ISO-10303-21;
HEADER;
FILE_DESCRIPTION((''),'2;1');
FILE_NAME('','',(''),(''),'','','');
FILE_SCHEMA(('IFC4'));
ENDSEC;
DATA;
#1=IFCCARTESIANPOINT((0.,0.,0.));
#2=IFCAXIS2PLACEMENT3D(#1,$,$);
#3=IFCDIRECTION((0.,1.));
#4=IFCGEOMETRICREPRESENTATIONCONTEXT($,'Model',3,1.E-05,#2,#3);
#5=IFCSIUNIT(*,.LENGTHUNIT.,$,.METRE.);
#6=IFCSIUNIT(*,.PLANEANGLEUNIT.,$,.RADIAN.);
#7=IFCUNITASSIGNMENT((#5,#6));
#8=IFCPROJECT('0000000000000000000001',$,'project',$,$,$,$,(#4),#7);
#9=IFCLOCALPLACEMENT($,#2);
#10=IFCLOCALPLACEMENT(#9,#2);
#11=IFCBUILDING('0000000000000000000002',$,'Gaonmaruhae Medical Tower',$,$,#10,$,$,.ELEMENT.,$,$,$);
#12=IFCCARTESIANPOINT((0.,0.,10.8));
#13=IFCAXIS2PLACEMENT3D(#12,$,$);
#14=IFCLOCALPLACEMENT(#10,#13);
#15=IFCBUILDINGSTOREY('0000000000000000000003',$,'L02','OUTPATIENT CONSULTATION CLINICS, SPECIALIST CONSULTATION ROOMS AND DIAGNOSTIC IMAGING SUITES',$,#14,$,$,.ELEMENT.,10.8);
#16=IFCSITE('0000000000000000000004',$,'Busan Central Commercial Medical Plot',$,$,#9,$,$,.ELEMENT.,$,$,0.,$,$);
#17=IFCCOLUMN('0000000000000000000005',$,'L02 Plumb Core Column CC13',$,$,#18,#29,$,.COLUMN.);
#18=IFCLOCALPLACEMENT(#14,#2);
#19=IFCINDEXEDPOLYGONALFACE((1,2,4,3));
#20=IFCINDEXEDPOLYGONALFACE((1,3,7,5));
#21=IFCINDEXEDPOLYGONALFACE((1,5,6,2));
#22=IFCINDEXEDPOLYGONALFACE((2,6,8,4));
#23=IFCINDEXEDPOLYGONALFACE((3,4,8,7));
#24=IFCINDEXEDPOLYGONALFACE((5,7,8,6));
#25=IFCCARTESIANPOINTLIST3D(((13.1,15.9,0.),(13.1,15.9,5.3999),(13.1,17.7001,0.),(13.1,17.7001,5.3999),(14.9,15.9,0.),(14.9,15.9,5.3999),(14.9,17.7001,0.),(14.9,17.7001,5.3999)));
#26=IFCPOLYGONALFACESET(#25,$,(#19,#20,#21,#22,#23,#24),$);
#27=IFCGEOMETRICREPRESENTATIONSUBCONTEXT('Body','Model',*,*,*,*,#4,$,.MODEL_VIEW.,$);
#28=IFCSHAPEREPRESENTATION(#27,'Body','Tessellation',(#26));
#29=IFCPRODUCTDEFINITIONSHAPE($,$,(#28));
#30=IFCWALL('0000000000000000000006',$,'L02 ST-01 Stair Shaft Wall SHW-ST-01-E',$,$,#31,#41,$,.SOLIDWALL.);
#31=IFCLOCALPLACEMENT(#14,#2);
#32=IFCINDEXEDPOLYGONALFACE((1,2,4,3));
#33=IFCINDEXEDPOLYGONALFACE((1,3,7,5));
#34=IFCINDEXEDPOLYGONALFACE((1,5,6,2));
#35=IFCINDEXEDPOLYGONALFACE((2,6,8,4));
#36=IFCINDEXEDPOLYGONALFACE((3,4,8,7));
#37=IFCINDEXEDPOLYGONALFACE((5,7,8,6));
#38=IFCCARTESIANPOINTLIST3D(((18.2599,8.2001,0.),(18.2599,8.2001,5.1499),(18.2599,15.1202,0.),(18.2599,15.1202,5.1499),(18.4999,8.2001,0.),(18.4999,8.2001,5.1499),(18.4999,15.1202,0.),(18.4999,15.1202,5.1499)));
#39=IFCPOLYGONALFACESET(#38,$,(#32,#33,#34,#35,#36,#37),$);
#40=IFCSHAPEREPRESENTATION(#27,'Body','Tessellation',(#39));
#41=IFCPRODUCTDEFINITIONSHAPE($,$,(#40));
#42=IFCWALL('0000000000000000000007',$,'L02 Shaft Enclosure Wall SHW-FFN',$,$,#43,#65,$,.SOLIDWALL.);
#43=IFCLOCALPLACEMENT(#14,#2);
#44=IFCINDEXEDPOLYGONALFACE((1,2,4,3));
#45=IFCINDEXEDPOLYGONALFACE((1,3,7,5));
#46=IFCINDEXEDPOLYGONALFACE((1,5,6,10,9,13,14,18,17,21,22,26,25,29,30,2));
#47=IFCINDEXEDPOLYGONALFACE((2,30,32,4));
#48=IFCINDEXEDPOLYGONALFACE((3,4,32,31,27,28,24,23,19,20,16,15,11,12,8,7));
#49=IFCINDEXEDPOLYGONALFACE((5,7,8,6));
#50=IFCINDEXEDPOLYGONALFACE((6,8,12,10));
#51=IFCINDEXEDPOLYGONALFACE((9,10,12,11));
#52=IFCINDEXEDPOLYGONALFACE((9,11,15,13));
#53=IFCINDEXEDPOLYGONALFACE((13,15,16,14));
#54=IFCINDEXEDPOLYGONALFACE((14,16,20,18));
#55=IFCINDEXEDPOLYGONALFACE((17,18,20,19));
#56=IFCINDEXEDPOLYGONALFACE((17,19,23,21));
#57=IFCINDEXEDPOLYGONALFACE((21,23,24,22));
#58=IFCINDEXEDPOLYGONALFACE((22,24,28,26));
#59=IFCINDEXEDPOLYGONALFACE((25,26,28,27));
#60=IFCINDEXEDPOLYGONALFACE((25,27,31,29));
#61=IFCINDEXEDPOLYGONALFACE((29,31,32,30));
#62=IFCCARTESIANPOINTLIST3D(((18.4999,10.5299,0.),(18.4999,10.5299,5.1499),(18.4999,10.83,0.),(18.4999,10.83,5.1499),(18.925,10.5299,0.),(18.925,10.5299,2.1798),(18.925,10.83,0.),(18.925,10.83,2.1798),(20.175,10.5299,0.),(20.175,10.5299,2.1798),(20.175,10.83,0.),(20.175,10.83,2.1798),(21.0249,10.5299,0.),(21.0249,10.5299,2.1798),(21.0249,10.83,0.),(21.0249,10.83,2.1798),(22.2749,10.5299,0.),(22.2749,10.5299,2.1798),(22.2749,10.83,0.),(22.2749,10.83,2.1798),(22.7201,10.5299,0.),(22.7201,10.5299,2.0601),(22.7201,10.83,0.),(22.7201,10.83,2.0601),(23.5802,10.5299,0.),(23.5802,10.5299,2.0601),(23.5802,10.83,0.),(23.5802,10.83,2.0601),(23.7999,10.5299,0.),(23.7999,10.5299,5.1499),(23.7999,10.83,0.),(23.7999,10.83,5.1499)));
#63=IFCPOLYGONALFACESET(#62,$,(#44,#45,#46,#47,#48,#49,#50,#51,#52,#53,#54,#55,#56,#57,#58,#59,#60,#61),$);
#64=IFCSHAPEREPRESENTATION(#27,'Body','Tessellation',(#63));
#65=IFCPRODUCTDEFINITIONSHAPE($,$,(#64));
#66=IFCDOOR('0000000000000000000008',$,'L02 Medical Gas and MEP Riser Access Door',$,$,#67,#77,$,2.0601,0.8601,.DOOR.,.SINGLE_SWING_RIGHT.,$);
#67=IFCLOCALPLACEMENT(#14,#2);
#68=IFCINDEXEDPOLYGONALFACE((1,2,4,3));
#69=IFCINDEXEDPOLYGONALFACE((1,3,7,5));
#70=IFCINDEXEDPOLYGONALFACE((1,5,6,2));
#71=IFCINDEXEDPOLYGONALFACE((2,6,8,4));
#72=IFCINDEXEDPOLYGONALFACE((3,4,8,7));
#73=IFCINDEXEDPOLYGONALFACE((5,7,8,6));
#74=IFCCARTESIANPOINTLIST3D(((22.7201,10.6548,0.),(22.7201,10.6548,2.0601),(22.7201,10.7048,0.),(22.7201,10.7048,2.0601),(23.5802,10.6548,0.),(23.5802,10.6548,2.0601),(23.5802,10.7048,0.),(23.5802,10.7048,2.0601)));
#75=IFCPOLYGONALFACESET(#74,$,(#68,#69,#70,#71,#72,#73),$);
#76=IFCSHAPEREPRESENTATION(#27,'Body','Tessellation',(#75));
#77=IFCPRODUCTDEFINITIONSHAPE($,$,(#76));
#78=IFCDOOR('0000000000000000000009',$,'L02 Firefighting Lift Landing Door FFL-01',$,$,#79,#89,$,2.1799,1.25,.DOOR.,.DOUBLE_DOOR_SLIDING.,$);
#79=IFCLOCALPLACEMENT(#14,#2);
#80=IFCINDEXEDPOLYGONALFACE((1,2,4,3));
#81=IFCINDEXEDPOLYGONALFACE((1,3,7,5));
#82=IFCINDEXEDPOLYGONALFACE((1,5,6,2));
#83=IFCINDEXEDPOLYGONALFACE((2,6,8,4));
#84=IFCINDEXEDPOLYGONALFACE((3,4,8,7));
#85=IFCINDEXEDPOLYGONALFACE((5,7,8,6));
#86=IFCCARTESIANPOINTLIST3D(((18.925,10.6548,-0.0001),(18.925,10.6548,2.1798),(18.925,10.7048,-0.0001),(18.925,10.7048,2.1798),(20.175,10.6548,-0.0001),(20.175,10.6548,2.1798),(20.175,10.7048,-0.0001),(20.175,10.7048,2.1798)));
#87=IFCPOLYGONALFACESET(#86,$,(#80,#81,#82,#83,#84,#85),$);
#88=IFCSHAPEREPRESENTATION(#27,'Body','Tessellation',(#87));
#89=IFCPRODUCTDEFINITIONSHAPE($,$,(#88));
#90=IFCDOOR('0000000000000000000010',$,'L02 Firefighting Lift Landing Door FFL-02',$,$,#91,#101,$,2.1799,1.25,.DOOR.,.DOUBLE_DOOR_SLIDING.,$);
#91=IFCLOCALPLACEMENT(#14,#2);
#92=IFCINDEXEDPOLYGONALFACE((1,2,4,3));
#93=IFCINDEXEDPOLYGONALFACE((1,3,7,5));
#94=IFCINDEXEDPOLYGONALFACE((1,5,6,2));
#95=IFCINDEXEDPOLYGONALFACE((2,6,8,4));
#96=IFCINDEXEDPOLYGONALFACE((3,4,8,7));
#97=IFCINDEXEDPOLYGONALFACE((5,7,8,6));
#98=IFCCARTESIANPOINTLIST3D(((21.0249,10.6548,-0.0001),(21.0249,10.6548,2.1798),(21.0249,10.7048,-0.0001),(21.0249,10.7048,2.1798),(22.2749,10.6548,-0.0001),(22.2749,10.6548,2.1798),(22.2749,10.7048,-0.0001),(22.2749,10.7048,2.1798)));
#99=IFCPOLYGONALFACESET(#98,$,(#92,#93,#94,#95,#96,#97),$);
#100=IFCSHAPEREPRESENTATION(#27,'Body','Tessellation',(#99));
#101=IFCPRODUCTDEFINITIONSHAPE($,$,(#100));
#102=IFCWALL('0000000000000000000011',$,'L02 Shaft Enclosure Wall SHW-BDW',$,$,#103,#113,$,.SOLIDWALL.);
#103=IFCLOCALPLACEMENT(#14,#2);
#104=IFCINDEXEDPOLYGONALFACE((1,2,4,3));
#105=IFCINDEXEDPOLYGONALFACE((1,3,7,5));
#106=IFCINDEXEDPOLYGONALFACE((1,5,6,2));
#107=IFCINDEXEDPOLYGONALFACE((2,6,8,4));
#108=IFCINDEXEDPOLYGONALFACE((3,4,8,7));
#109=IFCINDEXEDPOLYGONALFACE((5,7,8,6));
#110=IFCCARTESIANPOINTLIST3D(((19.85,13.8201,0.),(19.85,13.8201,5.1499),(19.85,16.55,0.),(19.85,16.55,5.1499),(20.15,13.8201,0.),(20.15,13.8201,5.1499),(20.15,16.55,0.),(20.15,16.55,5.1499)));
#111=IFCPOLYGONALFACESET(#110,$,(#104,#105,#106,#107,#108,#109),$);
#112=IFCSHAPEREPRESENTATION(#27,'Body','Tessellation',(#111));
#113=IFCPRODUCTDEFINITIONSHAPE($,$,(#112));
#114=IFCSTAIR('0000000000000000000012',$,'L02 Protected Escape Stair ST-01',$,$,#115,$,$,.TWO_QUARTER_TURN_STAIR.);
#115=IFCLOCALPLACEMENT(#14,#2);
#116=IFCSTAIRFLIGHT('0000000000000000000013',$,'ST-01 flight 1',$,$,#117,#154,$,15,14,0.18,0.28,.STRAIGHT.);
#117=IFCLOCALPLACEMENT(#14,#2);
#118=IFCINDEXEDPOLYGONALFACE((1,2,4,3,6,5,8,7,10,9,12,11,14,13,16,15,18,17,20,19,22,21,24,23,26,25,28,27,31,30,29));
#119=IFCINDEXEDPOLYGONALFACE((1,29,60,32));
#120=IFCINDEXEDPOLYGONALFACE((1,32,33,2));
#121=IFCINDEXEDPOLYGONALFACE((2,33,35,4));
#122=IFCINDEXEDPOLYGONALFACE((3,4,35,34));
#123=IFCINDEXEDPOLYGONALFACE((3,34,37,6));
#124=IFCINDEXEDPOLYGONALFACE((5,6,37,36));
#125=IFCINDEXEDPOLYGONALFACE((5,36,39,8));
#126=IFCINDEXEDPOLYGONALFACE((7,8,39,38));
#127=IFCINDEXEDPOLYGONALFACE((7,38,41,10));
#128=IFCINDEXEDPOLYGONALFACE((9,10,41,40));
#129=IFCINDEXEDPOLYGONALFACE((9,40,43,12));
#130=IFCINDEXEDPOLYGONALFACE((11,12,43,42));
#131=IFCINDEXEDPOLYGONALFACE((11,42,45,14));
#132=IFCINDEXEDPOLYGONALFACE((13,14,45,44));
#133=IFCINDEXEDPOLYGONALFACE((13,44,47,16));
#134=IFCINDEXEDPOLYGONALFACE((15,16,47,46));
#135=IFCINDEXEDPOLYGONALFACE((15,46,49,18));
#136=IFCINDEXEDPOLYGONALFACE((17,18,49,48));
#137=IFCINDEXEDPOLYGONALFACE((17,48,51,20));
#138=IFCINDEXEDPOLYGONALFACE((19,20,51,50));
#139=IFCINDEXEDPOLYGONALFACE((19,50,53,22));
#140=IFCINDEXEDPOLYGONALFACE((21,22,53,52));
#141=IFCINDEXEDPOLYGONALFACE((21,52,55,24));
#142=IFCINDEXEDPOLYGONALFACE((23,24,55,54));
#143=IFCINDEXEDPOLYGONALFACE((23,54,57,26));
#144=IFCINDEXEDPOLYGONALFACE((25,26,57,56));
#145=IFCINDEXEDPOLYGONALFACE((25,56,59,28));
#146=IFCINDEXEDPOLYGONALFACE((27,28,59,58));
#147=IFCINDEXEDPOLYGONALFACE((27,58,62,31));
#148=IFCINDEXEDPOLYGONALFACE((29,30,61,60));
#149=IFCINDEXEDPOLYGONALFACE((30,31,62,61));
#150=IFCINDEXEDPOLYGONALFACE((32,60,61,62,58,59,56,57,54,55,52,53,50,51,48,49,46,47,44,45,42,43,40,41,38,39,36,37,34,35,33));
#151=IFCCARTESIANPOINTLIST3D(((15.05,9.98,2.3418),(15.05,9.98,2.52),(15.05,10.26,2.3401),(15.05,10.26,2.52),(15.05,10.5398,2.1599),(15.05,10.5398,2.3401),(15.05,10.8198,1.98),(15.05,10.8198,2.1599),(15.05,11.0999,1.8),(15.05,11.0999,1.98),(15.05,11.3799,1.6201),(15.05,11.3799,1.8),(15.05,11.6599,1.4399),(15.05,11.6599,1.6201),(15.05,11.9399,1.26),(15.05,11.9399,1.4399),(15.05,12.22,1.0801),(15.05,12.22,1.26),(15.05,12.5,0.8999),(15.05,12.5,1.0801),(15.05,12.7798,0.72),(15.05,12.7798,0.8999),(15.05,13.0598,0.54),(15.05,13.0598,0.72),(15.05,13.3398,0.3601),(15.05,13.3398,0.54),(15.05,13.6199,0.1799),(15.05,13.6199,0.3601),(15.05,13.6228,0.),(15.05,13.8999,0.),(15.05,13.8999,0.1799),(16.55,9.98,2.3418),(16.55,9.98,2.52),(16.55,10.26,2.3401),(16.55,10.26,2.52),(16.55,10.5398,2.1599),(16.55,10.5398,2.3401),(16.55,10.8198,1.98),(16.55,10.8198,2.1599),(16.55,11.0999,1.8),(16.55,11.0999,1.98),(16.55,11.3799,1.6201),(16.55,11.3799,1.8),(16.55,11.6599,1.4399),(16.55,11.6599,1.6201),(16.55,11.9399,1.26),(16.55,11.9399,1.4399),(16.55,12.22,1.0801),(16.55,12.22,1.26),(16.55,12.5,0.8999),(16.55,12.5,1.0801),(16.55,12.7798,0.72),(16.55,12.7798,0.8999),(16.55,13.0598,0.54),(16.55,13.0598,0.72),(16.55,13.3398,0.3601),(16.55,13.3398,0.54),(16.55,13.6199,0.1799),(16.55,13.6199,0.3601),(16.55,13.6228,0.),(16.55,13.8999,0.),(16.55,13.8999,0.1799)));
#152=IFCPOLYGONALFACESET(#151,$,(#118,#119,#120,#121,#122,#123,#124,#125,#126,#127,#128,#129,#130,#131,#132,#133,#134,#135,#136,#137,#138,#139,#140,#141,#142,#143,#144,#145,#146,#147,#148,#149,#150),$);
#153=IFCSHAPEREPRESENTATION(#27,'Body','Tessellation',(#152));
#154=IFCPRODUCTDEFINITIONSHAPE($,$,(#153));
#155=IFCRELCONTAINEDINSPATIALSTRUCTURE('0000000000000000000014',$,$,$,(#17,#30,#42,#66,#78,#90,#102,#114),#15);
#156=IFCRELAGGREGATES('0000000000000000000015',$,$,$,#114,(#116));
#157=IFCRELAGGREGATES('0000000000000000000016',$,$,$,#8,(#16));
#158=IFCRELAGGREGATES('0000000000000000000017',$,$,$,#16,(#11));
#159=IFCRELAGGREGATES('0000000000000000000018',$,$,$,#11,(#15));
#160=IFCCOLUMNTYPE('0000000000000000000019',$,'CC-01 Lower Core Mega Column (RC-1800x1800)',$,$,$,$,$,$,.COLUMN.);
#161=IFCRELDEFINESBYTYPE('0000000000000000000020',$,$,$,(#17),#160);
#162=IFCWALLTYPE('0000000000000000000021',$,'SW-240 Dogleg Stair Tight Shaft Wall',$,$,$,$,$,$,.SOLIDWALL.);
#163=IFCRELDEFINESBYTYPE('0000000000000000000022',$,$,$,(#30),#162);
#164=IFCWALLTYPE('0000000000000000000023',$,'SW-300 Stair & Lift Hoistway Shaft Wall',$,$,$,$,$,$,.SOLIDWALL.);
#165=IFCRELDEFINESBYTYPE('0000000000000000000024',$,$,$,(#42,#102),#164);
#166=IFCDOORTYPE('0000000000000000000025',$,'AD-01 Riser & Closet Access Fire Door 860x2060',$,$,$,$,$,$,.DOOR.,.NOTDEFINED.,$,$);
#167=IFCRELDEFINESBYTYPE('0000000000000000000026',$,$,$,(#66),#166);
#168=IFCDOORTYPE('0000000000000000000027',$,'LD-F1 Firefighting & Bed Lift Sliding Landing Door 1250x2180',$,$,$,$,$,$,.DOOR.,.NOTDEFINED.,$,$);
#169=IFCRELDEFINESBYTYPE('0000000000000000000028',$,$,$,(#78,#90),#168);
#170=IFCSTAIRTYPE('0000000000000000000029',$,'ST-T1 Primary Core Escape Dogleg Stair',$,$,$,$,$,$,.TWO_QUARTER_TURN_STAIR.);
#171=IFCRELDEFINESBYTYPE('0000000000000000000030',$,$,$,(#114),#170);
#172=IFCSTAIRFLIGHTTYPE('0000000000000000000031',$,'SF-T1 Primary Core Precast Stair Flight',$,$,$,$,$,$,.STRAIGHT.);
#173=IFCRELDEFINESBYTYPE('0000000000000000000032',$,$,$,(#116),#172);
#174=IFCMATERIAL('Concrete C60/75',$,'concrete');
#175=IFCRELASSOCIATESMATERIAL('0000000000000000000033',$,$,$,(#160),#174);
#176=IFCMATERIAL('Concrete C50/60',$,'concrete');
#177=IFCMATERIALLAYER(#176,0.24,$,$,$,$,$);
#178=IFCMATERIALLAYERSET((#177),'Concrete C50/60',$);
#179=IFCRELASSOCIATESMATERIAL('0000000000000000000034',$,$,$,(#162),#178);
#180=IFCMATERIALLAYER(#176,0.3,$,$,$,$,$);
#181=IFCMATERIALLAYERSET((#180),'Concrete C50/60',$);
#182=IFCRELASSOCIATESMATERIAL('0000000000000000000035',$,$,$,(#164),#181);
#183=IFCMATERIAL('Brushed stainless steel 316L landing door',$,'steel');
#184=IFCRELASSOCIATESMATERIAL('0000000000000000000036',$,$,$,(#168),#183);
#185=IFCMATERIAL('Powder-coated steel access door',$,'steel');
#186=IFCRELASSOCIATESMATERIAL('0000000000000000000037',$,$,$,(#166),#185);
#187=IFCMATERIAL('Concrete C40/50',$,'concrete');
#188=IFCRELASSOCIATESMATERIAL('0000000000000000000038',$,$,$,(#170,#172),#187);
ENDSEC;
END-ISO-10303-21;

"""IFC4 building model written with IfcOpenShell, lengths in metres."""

from ifc_helpers import new_model, si_unit, direction, frame, frame_2d, origin, origin_2d, place, context, subcontext, project, spatial, polyline, rectangle, outline, extrude, material, layer, layer_set, material_profile, profile_set, type_object, element, fill, aggregate, save


model = new_model("IFC4")

# Units and contexts
model_context = context("Model", 3, precision=1e-05, world=origin(), true_north=direction((0.0, 1.0)))
body_context = subcontext(model_context, "Body", "Model", "MODEL_VIEW")
ifc_project = project(units=[si_unit("LENGTHUNIT", "METRE"), si_unit("PLANEANGLEUNIT", "RADIAN")], contexts=[model_context])

# Site, building, storey
site_placement = place(None, origin())
site = spatial("IfcSite", under=ifc_project, at=site_placement, Name="Busan Central Commercial Medical Plot", CompositionType="ELEMENT", RefElevation=0.0)
building_placement = place(site_placement, origin())
building = spatial("IfcBuilding", under=site, at=building_placement, Name="Gaonmaruhae Medical Tower", CompositionType="ELEMENT")
storey_placement = place(building_placement, frame((0.0, 0.0, 10.8)))
storey = spatial("IfcBuildingStorey", under=building, at=storey_placement, Name="L02", Description="OUTPATIENT CONSULTATION CLINICS, SPECIALIST CONSULTATION ROOMS AND DIAGNOSTIC IMAGING SUITES", CompositionType="ELEMENT", Elevation=10.8)

# Column
ifc_material_1 = material(Name="Concrete C60/75", Category="concrete")
ifc_material_profile = material_profile(ifc_material_1, rectangle(XDim=1.8, YDim=1.8, at=origin_2d()), Name="RC-1800x1800")
ifc_profile_set = profile_set([ifc_material_profile], Name="Concrete C60/75")
column_type = type_object("IfcColumnType", Name="CC-01 Lower Core Mega Column (RC-1800x1800)", PredefinedType="COLUMN", material=ifc_profile_set)
column_placement = place(storey_placement, frame((14.0, 16.8, 0.0), z_axis=(0.0, 0.0, 1.0), x_axis=(1.0, 0.0, 0.0)))
element("IfcColumn", 1, at=column_placement, inside=storey, type_object=column_type, Name="L02 Plumb Core Column CC13", PredefinedType="COLUMN", context=body_context, shape_type="SweptSolid", body=[
    extrude(rectangle(XDim=1.8, YDim=1.8, at=origin_2d()), origin(), (0.0, 0.0, 1.0), 5.3999),
])

# Shared definitions
ifc_material_2 = material(Name="Concrete C50/60", Category="concrete")
ifc_layer_1 = layer(ifc_material_2, 0.24)
ifc_layer_set_1 = layer_set([ifc_layer_1], Name="Concrete C50/60")
wall_type_1 = type_object("IfcWallType", Name="SW-240 Dogleg Stair Tight Shaft Wall", PredefinedType="SOLIDWALL", material=ifc_layer_set_1)

# Wall
wall_1_placement = place(storey_placement, frame((18.3799, 15.1201, 0.0), z_axis=(0.0, 0.0, 1.0), x_axis=(0.0, -1.0, 0.0)))
element("IfcWall", 2, at=wall_1_placement, inside=storey, type_object=wall_type_1, Name="L02 ST-01 Stair Shaft Wall SHW-ST-01-E", PredefinedType="SOLIDWALL", context=body_context, shape_type="SweptSolid", body=[
    extrude(rectangle(XDim=6.9202, YDim=0.24, at=frame_2d((3.46, 0.0))), origin(), (0.0, 0.0, 1.0), 5.1499),
])

# Wall, openings, doors
ifc_layer_2 = layer(ifc_material_2, 0.3)
ifc_layer_set_2 = layer_set([ifc_layer_2], Name="Concrete C50/60")
wall_type_2 = type_object("IfcWallType", Name="SW-300 Stair & Lift Hoistway Shaft Wall", PredefinedType="SOLIDWALL", material=ifc_layer_set_2)
ifc_material_3 = material(Name="Brushed stainless steel 316L landing door", Category="steel")
door_type_1 = type_object("IfcDoorType", Name="LD-F1 Firefighting & Bed Lift Sliding Landing Door 1250x2180", OperationType="NOTDEFINED", PredefinedType="DOOR", material=ifc_material_3)
wall_2_placement = place(storey_placement, frame((18.5, 10.6799, 0.0), z_axis=(0.0, 0.0, 1.0), x_axis=(1.0, 0.0, 0.0)))
wall_2 = element("IfcWall", 3, at=wall_2_placement, inside=storey, type_object=wall_type_2, Name="L02 Shaft Enclosure Wall SHW-FFN", PredefinedType="SOLIDWALL", context=body_context, shape_type="SweptSolid", body=[
    extrude(rectangle(XDim=5.3, YDim=0.3, at=frame_2d((2.6499, 0.0))), origin(), (0.0, 0.0, 1.0), 5.1499),
])
opening_1_placement = place(wall_2_placement, frame((4.22, 0.0, 0.0)))
opening_1 = element("IfcOpeningElement", 4, at=opening_1_placement, cuts=wall_2, PredefinedType="OPENING", context=body_context, shape_type="SweptSolid", body=[
    extrude(rectangle(XDim=0.8601, YDim=2.0601, at=frame_2d((0.4302, 1.03))), frame((0.0, 0.1602, 0.0), z_axis=(0.0, -1.0, 0.0), x_axis=(1.0, 0.0, 0.0)), (0.0, 0.0, 1.0), 0.3201),
])
opening_2_placement = place(wall_2_placement, frame((0.425, 0.0, 0.0)))
opening_2 = element("IfcOpeningElement", 5, at=opening_2_placement, cuts=wall_2, PredefinedType="OPENING", context=body_context, shape_type="SweptSolid", body=[
    extrude(rectangle(XDim=1.25, YDim=2.1799, at=frame_2d((0.625, 1.0898))), frame((0.0, 0.1602, 0.0), z_axis=(0.0, -1.0, 0.0), x_axis=(1.0, 0.0, 0.0)), (0.0, 0.0, 1.0), 0.3201),
])
opening_3_placement = place(wall_2_placement, frame((2.5249, 0.0, 0.0)))
opening_3 = element("IfcOpeningElement", 6, at=opening_3_placement, cuts=wall_2, PredefinedType="OPENING", context=body_context, shape_type="SweptSolid", body=[
    extrude(rectangle(XDim=1.25, YDim=2.1799, at=frame_2d((0.625, 1.0898))), frame((0.0, 0.1602, 0.0), z_axis=(0.0, -1.0, 0.0), x_axis=(1.0, 0.0, 0.0)), (0.0, 0.0, 1.0), 0.3201),
])
ifc_material_4 = material(Name="Powder-coated steel access door", Category="steel")
door_type_2 = type_object("IfcDoorType", Name="AD-01 Riser & Closet Access Fire Door 860x2060", OperationType="NOTDEFINED", PredefinedType="DOOR", material=ifc_material_4)
door_1_placement = place(opening_1_placement, origin())
door_1 = element("IfcDoor", 7, at=door_1_placement, inside=storey, type_object=door_type_2, Name="L02 Medical Gas and MEP Riser Access Door", OperationType="SINGLE_SWING_RIGHT", OverallHeight=2.0601, OverallWidth=0.8601, PredefinedType="DOOR", context=body_context, shape_type="SweptSolid", body=[
    extrude(rectangle(XDim=0.8601, YDim=2.0601, at=frame_2d((0.4302, 1.03))), frame((0.0, 0.0249, 0.0), z_axis=(0.0, -1.0, 0.0), x_axis=(1.0, 0.0, 0.0)), (0.0, 0.0, 1.0), 0.05),
])
fill(opening_1, door_1)
door_2_placement = place(opening_2_placement, origin())
door_2 = element("IfcDoor", 8, at=door_2_placement, inside=storey, type_object=door_type_1, Name="L02 Firefighting Lift Landing Door FFL-01", OperationType="DOUBLE_DOOR_SLIDING", OverallHeight=2.1799, OverallWidth=1.25, PredefinedType="DOOR", context=body_context, shape_type="SweptSolid", body=[
    extrude(rectangle(XDim=1.25, YDim=2.1799, at=frame_2d((0.625, 1.0898))), frame((0.0, 0.0249, 0.0), z_axis=(0.0, -1.0, 0.0), x_axis=(1.0, 0.0, 0.0)), (0.0, 0.0, 1.0), 0.05),
])
fill(opening_2, door_2)
door_3_placement = place(opening_3_placement, origin())
door_3 = element("IfcDoor", 9, at=door_3_placement, inside=storey, type_object=door_type_1, Name="L02 Firefighting Lift Landing Door FFL-02", OperationType="DOUBLE_DOOR_SLIDING", OverallHeight=2.1799, OverallWidth=1.25, PredefinedType="DOOR", context=body_context, shape_type="SweptSolid", body=[
    extrude(rectangle(XDim=1.25, YDim=2.1799, at=frame_2d((0.625, 1.0898))), frame((0.0, 0.0249, 0.0), z_axis=(0.0, -1.0, 0.0), x_axis=(1.0, 0.0, 0.0)), (0.0, 0.0, 1.0), 0.05),
])
fill(opening_3, door_3)

# Wall
wall_3_placement = place(storey_placement, frame((20.0, 13.8201, 0.0), z_axis=(0.0, 0.0, 1.0), x_axis=(0.0, 1.0, 0.0)))
element("IfcWall", 10, at=wall_3_placement, inside=storey, type_object=wall_type_2, Name="L02 Shaft Enclosure Wall SHW-BDW", PredefinedType="SOLIDWALL", context=body_context, shape_type="SweptSolid", body=[
    extrude(rectangle(XDim=2.73, YDim=0.3, at=frame_2d((1.365, 0.0))), origin(), (0.0, 0.0, 1.0), 5.1499),
])

# Stair, stair flight
ifc_material_5 = material(Name="Concrete C40/50", Category="concrete")
stair_type = type_object("IfcStairType", Name="ST-T1 Primary Core Escape Dogleg Stair", PredefinedType="TWO_QUARTER_TURN_STAIR", material=ifc_material_5)
stair_placement = place(storey_placement, origin())
stair = element("IfcStair", 11, at=stair_placement, inside=storey, type_object=stair_type, Name="L02 Protected Escape Stair ST-01", PredefinedType="TWO_QUARTER_TURN_STAIR")
stair_flight_type = type_object("IfcStairFlightType", Name="SF-T1 Primary Core Precast Stair Flight", PredefinedType="STRAIGHT", material=ifc_material_5)
stair_flight_placement = place(storey_placement, frame((15.8, 13.8999, 0.0), z_axis=(0.0, 0.0, 1.0), x_axis=(0.0, -1.0, 0.0)))
stair_flight = element("IfcStairFlight", 12, at=stair_flight_placement, type_object=stair_flight_type, Name="ST-01 flight 1", NumberOfRisers=15, NumberOfTreads=14, PredefinedType="STRAIGHT", RiserHeight=0.18, TreadLength=0.28, context=body_context, shape_type="SweptSolid", body=[
    extrude(outline(polyline([(0.0, 0.0), (0.0, 0.1799), (0.28, 0.1799), (0.28, 0.3601), (0.5601, 0.3601), (0.5601, 0.54), (0.8401, 0.54), (0.8401, 0.72), (1.1201, 0.72), (1.1201, 0.8999), (1.3999, 0.8999), (1.3999, 1.0801), (1.6799, 1.0801), (1.6799, 1.26), (1.96, 1.26), (1.96, 1.4399), (2.24, 1.4399), (2.24, 1.6201), (2.52, 1.6201), (2.52, 1.8), (2.8, 1.8), (2.8, 1.98), (3.0801, 1.98), (3.0801, 2.1599), (3.3601, 2.1599), (3.3601, 2.3401), (3.6399, 2.3401), (3.6399, 2.52), (3.9199, 2.52), (3.9199, 2.7), (3.9199, 2.3418), (0.2771, 0.0), (0.0, 0.0)])), frame((0.0, 0.75, 0.0), z_axis=(0.0, -1.0, 0.0), x_axis=(1.0, 0.0, 0.0)), (0.0, 0.0, 1.0), 1.5),
])
aggregate(stair, [stair_flight])

save(model, "model.ifc")
